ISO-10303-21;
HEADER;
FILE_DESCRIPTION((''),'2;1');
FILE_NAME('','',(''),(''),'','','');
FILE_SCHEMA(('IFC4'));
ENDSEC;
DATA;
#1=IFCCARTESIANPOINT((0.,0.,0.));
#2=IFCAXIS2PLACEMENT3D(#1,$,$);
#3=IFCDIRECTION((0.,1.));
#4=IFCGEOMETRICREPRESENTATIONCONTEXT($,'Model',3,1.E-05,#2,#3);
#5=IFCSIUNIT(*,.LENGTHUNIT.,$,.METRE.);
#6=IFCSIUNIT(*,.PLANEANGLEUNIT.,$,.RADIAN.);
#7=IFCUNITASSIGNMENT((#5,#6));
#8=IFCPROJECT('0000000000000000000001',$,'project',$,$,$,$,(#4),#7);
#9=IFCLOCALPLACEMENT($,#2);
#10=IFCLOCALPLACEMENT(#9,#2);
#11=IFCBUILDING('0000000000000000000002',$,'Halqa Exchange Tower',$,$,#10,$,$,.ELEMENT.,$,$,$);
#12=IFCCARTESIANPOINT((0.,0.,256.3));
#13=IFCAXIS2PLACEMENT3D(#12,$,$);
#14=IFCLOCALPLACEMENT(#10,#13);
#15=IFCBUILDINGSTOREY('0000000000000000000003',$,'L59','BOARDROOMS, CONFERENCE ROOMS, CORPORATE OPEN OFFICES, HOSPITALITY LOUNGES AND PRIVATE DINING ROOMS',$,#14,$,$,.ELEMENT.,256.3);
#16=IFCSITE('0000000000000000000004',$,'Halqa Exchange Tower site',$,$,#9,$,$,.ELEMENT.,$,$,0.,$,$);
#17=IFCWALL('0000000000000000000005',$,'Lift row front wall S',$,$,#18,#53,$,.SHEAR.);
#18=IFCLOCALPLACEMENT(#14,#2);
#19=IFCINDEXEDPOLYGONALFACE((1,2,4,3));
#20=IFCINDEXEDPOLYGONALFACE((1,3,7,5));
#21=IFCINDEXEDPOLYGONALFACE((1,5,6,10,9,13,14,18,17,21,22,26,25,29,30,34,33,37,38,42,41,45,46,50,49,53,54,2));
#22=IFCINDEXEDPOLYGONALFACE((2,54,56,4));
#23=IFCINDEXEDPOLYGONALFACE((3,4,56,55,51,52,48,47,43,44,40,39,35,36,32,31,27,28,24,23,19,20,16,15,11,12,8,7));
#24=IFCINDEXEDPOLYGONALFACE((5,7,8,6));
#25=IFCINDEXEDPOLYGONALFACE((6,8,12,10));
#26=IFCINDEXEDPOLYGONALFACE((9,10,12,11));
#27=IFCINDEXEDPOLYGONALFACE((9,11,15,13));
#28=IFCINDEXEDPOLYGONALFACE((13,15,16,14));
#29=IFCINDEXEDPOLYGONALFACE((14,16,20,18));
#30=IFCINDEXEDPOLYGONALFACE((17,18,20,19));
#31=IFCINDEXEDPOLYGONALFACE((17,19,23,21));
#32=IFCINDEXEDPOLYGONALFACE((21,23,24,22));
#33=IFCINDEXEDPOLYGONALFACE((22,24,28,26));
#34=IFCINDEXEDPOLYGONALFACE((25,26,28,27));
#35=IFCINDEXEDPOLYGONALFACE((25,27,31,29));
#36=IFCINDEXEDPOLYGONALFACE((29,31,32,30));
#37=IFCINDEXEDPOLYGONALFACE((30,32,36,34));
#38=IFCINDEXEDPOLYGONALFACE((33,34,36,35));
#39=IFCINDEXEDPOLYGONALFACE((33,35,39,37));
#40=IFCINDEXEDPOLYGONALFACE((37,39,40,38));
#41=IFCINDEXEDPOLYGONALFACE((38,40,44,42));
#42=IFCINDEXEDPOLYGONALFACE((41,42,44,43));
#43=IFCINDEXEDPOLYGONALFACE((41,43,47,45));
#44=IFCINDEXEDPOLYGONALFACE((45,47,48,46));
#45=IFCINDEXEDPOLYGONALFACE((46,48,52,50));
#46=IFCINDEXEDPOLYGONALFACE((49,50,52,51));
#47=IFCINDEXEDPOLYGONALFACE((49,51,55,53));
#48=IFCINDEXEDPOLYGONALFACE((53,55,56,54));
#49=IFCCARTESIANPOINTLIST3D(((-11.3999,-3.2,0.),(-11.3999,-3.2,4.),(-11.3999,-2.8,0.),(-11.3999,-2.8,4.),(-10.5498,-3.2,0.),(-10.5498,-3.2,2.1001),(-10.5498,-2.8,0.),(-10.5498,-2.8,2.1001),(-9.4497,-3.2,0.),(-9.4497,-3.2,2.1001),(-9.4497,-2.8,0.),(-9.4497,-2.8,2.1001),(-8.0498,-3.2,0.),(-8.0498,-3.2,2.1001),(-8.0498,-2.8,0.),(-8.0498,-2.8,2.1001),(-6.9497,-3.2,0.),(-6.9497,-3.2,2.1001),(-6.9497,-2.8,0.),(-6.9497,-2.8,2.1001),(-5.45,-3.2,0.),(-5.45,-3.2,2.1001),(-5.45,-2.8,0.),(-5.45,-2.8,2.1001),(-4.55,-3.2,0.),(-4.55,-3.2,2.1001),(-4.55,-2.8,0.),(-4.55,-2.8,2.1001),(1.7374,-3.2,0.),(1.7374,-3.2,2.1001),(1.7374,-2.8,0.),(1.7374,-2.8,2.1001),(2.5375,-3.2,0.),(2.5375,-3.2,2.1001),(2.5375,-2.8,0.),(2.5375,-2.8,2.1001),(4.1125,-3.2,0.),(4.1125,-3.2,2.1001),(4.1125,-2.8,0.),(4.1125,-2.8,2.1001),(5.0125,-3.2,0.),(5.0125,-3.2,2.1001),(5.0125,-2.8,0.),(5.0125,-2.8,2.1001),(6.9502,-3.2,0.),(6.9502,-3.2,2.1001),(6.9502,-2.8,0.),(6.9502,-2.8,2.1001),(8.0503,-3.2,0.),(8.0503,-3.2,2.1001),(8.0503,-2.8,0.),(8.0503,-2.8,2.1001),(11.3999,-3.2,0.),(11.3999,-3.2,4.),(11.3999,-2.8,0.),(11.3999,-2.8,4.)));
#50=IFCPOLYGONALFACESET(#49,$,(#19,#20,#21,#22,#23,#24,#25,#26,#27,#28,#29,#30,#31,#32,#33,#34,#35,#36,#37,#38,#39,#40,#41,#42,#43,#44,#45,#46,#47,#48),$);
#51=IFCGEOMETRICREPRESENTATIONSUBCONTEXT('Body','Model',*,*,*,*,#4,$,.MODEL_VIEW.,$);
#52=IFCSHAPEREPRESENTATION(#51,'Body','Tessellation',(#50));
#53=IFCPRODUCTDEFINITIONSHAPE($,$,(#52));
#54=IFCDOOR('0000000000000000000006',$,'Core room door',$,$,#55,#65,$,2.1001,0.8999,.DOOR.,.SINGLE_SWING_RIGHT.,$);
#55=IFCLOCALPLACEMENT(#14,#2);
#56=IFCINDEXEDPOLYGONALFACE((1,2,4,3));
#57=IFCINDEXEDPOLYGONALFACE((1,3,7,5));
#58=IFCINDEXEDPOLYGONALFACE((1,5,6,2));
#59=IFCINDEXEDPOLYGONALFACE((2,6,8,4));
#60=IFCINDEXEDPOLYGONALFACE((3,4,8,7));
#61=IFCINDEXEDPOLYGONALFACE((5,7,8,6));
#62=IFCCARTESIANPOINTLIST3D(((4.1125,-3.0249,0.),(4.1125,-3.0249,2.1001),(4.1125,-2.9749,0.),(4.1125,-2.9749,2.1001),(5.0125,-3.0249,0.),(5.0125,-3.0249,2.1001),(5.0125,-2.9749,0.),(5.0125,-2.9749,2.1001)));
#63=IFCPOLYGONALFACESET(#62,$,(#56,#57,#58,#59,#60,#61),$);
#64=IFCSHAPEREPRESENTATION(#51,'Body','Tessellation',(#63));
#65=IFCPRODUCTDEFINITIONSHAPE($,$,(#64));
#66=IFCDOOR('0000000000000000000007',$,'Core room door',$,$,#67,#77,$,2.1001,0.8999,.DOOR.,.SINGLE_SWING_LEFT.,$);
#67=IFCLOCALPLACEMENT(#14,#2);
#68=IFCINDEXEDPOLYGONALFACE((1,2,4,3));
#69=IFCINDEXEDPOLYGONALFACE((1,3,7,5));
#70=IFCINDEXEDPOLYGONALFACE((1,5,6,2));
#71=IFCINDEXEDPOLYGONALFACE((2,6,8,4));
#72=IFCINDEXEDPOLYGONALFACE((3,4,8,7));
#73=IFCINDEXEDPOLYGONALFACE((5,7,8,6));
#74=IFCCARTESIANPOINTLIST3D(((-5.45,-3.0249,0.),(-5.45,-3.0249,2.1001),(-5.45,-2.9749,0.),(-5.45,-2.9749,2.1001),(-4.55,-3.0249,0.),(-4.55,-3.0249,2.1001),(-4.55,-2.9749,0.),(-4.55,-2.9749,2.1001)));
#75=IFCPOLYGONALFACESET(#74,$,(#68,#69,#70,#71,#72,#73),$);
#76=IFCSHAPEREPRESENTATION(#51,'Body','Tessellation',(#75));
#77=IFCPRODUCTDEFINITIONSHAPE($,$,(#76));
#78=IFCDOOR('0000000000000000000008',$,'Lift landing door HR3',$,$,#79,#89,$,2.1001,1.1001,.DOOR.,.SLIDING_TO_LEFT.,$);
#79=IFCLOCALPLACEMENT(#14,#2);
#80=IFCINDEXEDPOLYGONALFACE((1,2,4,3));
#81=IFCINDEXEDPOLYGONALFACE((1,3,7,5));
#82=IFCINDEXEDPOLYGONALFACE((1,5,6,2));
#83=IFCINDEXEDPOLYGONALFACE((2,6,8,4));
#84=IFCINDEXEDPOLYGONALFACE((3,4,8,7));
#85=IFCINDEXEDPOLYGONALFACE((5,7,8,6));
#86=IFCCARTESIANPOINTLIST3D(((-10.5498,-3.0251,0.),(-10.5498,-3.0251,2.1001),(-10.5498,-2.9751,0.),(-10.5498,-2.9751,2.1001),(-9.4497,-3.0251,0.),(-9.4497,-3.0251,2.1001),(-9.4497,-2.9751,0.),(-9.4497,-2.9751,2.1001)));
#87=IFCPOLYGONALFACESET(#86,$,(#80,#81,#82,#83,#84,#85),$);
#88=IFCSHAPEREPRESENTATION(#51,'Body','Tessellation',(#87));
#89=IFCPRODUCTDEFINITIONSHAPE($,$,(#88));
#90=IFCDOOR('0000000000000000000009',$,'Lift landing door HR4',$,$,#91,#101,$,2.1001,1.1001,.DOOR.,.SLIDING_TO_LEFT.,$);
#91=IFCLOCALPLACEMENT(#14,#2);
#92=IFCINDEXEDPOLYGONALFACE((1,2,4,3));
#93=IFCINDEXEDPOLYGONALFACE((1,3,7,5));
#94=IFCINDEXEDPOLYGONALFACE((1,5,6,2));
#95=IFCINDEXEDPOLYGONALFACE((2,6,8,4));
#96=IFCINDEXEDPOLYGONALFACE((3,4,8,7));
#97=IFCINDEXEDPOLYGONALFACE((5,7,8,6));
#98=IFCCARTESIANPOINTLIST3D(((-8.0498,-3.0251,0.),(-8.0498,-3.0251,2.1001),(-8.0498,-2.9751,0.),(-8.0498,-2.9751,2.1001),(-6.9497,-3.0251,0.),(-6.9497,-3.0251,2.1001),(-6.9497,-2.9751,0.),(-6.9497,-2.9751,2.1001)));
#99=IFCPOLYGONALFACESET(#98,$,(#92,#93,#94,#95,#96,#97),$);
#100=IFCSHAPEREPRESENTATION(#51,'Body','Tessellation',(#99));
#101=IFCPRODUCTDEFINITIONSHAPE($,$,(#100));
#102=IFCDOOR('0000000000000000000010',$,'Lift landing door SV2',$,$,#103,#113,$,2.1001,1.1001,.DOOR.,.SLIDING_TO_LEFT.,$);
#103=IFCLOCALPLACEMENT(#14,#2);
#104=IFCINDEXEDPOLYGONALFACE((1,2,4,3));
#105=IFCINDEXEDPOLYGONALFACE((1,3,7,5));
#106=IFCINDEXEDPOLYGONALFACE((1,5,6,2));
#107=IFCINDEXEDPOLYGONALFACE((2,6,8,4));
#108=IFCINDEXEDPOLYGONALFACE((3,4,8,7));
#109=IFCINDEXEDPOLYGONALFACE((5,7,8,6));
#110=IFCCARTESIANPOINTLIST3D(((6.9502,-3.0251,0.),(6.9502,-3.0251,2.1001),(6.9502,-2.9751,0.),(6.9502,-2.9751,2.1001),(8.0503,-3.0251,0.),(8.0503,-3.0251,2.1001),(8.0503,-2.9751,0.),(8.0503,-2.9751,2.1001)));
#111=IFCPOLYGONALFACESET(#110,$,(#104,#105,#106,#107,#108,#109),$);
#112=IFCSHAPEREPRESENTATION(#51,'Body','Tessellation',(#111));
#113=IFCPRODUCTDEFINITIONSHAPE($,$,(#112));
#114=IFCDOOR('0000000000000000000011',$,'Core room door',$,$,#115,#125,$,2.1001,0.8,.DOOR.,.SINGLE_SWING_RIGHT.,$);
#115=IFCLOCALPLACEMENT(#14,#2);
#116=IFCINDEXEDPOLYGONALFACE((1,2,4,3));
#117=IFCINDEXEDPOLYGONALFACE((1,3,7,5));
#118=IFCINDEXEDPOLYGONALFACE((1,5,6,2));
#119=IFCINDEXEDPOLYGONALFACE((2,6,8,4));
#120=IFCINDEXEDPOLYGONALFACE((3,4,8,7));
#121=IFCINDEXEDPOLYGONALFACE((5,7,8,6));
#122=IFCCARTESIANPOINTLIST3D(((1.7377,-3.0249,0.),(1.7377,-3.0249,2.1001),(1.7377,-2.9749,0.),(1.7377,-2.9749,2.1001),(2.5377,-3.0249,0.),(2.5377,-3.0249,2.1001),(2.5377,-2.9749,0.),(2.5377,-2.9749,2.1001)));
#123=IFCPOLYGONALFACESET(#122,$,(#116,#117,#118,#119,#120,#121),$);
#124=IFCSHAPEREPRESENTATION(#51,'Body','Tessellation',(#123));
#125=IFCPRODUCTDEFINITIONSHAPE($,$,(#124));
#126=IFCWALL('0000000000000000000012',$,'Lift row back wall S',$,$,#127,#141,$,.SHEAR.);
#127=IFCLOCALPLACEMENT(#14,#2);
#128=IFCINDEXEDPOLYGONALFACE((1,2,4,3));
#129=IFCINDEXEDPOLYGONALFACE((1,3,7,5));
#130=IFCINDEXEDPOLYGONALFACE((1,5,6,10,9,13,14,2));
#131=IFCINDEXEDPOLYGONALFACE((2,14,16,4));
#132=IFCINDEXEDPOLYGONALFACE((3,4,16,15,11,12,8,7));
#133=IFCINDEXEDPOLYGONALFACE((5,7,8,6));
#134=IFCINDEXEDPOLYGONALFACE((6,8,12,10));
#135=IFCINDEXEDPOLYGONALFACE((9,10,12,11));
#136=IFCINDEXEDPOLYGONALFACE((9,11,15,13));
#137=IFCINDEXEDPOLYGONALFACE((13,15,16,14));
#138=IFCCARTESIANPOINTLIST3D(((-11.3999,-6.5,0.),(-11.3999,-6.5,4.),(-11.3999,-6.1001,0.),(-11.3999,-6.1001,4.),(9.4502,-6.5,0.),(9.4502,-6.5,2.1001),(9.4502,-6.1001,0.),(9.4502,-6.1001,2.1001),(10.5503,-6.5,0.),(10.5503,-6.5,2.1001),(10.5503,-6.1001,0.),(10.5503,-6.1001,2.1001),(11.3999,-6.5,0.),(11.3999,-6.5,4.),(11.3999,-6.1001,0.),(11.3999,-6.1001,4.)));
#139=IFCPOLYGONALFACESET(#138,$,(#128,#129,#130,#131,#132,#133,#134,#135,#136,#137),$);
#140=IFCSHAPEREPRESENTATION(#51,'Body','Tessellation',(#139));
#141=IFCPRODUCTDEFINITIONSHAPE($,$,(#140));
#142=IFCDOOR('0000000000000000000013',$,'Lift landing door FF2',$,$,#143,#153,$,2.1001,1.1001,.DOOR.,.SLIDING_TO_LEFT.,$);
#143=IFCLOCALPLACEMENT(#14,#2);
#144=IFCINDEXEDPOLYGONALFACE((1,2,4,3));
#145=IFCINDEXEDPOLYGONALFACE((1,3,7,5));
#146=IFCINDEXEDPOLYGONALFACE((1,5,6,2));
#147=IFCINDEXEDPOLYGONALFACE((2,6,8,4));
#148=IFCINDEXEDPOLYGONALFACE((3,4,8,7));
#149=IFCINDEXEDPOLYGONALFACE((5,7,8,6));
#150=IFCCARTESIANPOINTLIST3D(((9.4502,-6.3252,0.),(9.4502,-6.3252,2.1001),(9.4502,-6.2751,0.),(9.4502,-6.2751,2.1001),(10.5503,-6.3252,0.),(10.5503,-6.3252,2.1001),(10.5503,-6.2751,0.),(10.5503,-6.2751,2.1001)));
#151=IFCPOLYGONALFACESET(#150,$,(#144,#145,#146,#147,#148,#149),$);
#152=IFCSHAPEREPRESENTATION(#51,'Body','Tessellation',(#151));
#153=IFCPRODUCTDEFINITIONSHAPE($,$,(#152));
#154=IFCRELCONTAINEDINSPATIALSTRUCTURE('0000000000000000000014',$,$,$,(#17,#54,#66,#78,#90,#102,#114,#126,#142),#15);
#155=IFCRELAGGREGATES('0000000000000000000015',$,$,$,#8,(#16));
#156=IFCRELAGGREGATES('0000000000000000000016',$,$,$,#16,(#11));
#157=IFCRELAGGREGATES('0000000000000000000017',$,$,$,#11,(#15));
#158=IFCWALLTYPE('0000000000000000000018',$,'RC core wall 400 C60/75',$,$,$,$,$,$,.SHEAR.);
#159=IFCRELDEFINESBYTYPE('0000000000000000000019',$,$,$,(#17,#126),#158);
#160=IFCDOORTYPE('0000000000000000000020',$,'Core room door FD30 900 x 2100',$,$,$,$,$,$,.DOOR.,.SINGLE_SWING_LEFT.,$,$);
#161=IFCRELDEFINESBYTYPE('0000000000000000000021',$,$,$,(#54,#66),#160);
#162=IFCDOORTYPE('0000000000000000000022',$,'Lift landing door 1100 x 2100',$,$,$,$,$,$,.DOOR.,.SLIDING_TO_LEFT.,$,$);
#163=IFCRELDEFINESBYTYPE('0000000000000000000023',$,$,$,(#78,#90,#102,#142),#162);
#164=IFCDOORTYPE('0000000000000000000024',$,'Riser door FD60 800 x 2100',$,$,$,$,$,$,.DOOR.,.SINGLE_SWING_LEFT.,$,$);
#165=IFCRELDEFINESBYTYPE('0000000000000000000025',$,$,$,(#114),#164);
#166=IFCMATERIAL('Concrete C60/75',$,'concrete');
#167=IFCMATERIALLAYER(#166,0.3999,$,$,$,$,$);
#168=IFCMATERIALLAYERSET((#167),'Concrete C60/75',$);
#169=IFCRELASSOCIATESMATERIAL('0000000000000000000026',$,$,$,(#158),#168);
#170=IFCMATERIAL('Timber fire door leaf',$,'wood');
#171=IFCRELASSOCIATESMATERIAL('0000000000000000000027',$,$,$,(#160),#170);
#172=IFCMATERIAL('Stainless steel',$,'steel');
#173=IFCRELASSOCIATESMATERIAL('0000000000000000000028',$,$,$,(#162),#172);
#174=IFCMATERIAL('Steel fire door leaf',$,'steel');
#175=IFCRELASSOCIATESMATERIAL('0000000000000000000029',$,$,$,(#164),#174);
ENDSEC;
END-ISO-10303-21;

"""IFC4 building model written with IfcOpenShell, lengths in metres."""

from ifc_helpers import new_model, si_unit, direction, frame, frame_2d, origin, place, context, subcontext, project, spatial, rectangle, extrude, material, layer, layer_set, type_object, element, fill, save


model = new_model("IFC4")

# Units and contexts
model_context = context("Model", 3, precision=1e-05, world=origin(), true_north=direction((0.0, 1.0)))
body_context = subcontext(model_context, "Body", "Model", "MODEL_VIEW")
ifc_project = project(units=[si_unit("LENGTHUNIT", "METRE"), si_unit("PLANEANGLEUNIT", "RADIAN")], contexts=[model_context])

# Site, building, storey
site_placement = place(None, origin())
site = spatial("IfcSite", under=ifc_project, at=site_placement, Name="Halqa Exchange Tower site", CompositionType="ELEMENT", RefElevation=0.0)
building_placement = place(site_placement, origin())
building = spatial("IfcBuilding", under=site, at=building_placement, Name="Halqa Exchange Tower", CompositionType="ELEMENT")
storey_placement = place(building_placement, frame((0.0, 0.0, 256.3)))
storey = spatial("IfcBuildingStorey", under=building, at=storey_placement, Name="L59", Description="BOARDROOMS, CONFERENCE ROOMS, CORPORATE OPEN OFFICES, HOSPITALITY LOUNGES AND PRIVATE DINING ROOMS", CompositionType="ELEMENT", Elevation=256.3)

# Shared definitions
ifc_material_1 = material(Name="Concrete C60/75", Category="concrete")

# Wall, openings, doors
ifc_layer_1 = layer(ifc_material_1, 0.3999)
ifc_layer_set_1 = layer_set([ifc_layer_1], Name="Concrete C60/75")
wall_type_1 = type_object("IfcWallType", Name="RC core wall 400 C60/75", PredefinedType="SHEAR", material=ifc_layer_set_1)
wall_1_placement = place(storey_placement, frame((-11.3999, -3.0, 0.0), z_axis=(0.0, 0.0, 1.0), x_axis=(1.0, 0.0, 0.0)))
wall_1 = element("IfcWall", 1, at=wall_1_placement, inside=storey, type_object=wall_type_1, Name="Lift row front wall S", PredefinedType="SHEAR", context=body_context, shape_type="SweptSolid", body=[
    extrude(rectangle(XDim=22.7998, YDim=0.3999, at=frame_2d((11.3999, 0.0))), origin(), (0.0, 0.0, 1.0), 4.0),
])
opening_1_placement = place(wall_1_placement, frame((0.8501, 0.0, 0.0)))
opening_1 = element("IfcOpeningElement", 2, at=opening_1_placement, cuts=wall_1, PredefinedType="OPENING", context=body_context, shape_type="SweptSolid", body=[
    extrude(rectangle(XDim=1.1001, YDim=2.1001, at=frame_2d((0.55, 1.05))), frame((0.0, 0.2119, 0.0), z_axis=(0.0, -1.0, 0.0), x_axis=(1.0, 0.0, 0.0)), (0.0, 0.0, 1.0), 0.4238),
])
opening_2_placement = place(wall_1_placement, frame((3.3501, 0.0, 0.0)))
opening_2 = element("IfcOpeningElement", 3, at=opening_2_placement, cuts=wall_1, PredefinedType="OPENING", context=body_context, shape_type="SweptSolid", body=[
    extrude(rectangle(XDim=1.1001, YDim=2.1001, at=frame_2d((0.55, 1.05))), frame((0.0, 0.2119, 0.0), z_axis=(0.0, -1.0, 0.0), x_axis=(1.0, 0.0, 0.0)), (0.0, 0.0, 1.0), 0.4238),
])
opening_3_placement = place(wall_1_placement, frame((18.3501, 0.0, 0.0)))
opening_3 = element("IfcOpeningElement", 4, at=opening_3_placement, cuts=wall_1, PredefinedType="OPENING", context=body_context, shape_type="SweptSolid", body=[
    extrude(rectangle(XDim=1.1001, YDim=2.1001, at=frame_2d((0.55, 1.05))), frame((0.0, 0.2119, 0.0), z_axis=(0.0, -1.0, 0.0), x_axis=(1.0, 0.0, 0.0)), (0.0, 0.0, 1.0), 0.4238),
])
opening_4_placement = place(wall_1_placement, frame((13.1375, 0.0, 0.0)))
opening_4 = element("IfcOpeningElement", 5, at=opening_4_placement, cuts=wall_1, PredefinedType="OPENING", context=body_context, shape_type="SweptSolid", body=[
    extrude(rectangle(XDim=0.8, YDim=2.1001, at=frame_2d((0.3999, 1.05))), frame((0.0, 0.2119, 0.0), z_axis=(0.0, -1.0, 0.0), x_axis=(1.0, 0.0, 0.0)), (0.0, 0.0, 1.0), 0.4238),
])
opening_5_placement = place(wall_1_placement, frame((15.5125, 0.0, 0.0)))
opening_5 = element("IfcOpeningElement", 6, at=opening_5_placement, cuts=wall_1, PredefinedType="OPENING", context=body_context, shape_type="SweptSolid", body=[
    extrude(rectangle(XDim=0.8999, YDim=2.1001, at=frame_2d((0.45, 1.05))), frame((0.0, 0.2119, 0.0), z_axis=(0.0, -1.0, 0.0), x_axis=(1.0, 0.0, 0.0)), (0.0, 0.0, 1.0), 0.4238),
])
opening_6_placement = place(wall_1_placement, frame((5.95, 0.0, 0.0)))
opening_6 = element("IfcOpeningElement", 7, at=opening_6_placement, cuts=wall_1, PredefinedType="OPENING", context=body_context, shape_type="SweptSolid", body=[
    extrude(rectangle(XDim=0.8999, YDim=2.1001, at=frame_2d((0.45, 1.05))), frame((0.0, 0.2119, 0.0), z_axis=(0.0, -1.0, 0.0), x_axis=(1.0, 0.0, 0.0)), (0.0, 0.0, 1.0), 0.4238),
])
ifc_material_2 = material(Name="Timber fire door leaf", Category="wood")
door_type_1 = type_object("IfcDoorType", Name="Core room door FD30 900 x 2100", OperationType="SINGLE_SWING_LEFT", PredefinedType="DOOR", material=ifc_material_2)
door_1_placement = place(opening_5_placement, frame((0.8999, 0.0, 0.0), z_axis=(0.0, 0.0, 1.0), x_axis=(-1.0, 0.0, 0.0)))
door_1 = element("IfcDoor", 8, at=door_1_placement, inside=storey, type_object=door_type_1, Name="Core room door", OperationType="SINGLE_SWING_RIGHT", OverallHeight=2.1001, OverallWidth=0.8999, PredefinedType="DOOR", context=body_context, shape_type="SweptSolid", body=[
    extrude(rectangle(XDim=0.8999, YDim=2.1001, at=frame_2d((0.45, 1.05))), frame((0.0, 0.0249, 0.0), z_axis=(0.0, -1.0, 0.0), x_axis=(1.0, 0.0, 0.0)), (0.0, 0.0, 1.0), 0.05),
])
fill(opening_5, door_1)
door_2_placement = place(opening_6_placement, frame((0.8999, 0.0, 0.0), z_axis=(0.0, 0.0, 1.0), x_axis=(-1.0, 0.0, 0.0)))
door_2 = element("IfcDoor", 9, at=door_2_placement, inside=storey, type_object=door_type_1, Name="Core room door", OperationType="SINGLE_SWING_LEFT", OverallHeight=2.1001, OverallWidth=0.8999, PredefinedType="DOOR", context=body_context, shape_type="SweptSolid", body=[
    extrude(rectangle(XDim=0.8999, YDim=2.1001, at=frame_2d((0.45, 1.05))), frame((0.0, 0.0249, 0.0), z_axis=(0.0, -1.0, 0.0), x_axis=(1.0, 0.0, 0.0)), (0.0, 0.0, 1.0), 0.05),
])
fill(opening_6, door_2)
ifc_material_3 = material(Name="Stainless steel", Category="steel")
door_type_2 = type_object("IfcDoorType", Name="Lift landing door 1100 x 2100", OperationType="SLIDING_TO_LEFT", PredefinedType="DOOR", material=ifc_material_3)
door_3_placement = place(opening_1_placement, origin())
door_3 = element("IfcDoor", 10, at=door_3_placement, inside=storey, type_object=door_type_2, Name="Lift landing door HR3", OperationType="SLIDING_TO_LEFT", OverallHeight=2.1001, OverallWidth=1.1001, PredefinedType="DOOR", context=body_context, shape_type="SweptSolid", body=[
    extrude(rectangle(XDim=1.1001, YDim=2.1001, at=frame_2d((0.55, 1.05))), frame((0.0, 0.0249, 0.0), z_axis=(0.0, -1.0, 0.0), x_axis=(1.0, 0.0, 0.0)), (0.0, 0.0, 1.0), 0.05),
])
fill(opening_1, door_3)
door_4_placement = place(opening_2_placement, origin())
door_4 = element("IfcDoor", 11, at=door_4_placement, inside=storey, type_object=door_type_2, Name="Lift landing door HR4", OperationType="SLIDING_TO_LEFT", OverallHeight=2.1001, OverallWidth=1.1001, PredefinedType="DOOR", context=body_context, shape_type="SweptSolid", body=[
    extrude(rectangle(XDim=1.1001, YDim=2.1001, at=frame_2d((0.55, 1.05))), frame((0.0, 0.0249, 0.0), z_axis=(0.0, -1.0, 0.0), x_axis=(1.0, 0.0, 0.0)), (0.0, 0.0, 1.0), 0.05),
])
fill(opening_2, door_4)
door_5_placement = place(opening_3_placement, origin())
door_5 = element("IfcDoor", 12, at=door_5_placement, inside=storey, type_object=door_type_2, Name="Lift landing door SV2", OperationType="SLIDING_TO_LEFT", OverallHeight=2.1001, OverallWidth=1.1001, PredefinedType="DOOR", context=body_context, shape_type="SweptSolid", body=[
    extrude(rectangle(XDim=1.1001, YDim=2.1001, at=frame_2d((0.55, 1.05))), frame((0.0, 0.0249, 0.0), z_axis=(0.0, -1.0, 0.0), x_axis=(1.0, 0.0, 0.0)), (0.0, 0.0, 1.0), 0.05),
])
fill(opening_3, door_5)
ifc_material_4 = material(Name="Steel fire door leaf", Category="steel")
door_type_3 = type_object("IfcDoorType", Name="Riser door FD60 800 x 2100", OperationType="SINGLE_SWING_LEFT", PredefinedType="DOOR", material=ifc_material_4)
door_6_placement = place(opening_4_placement, frame((0.8, 0.0, 0.0), z_axis=(0.0, 0.0, 1.0), x_axis=(-1.0, 0.0, 0.0)))
door_6 = element("IfcDoor", 13, at=door_6_placement, inside=storey, type_object=door_type_3, Name="Core room door", OperationType="SINGLE_SWING_RIGHT", OverallHeight=2.1001, OverallWidth=0.8, PredefinedType="DOOR", context=body_context, shape_type="SweptSolid", body=[
    extrude(rectangle(XDim=0.8, YDim=2.1001, at=frame_2d((0.3999, 1.05))), frame((0.0, 0.0249, 0.0), z_axis=(0.0, -1.0, 0.0), x_axis=(1.0, 0.0, 0.0)), (0.0, 0.0, 1.0), 0.05),
])
fill(opening_4, door_6)

# Wall, opening, door
wall_2_placement = place(storey_placement, frame((-11.3999, -6.3, 0.0), z_axis=(0.0, 0.0, 1.0), x_axis=(1.0, 0.0, 0.0)))
wall_2 = element("IfcWall", 14, at=wall_2_placement, inside=storey, type_object=wall_type_1, Name="Lift row back wall S", PredefinedType="SHEAR", context=body_context, shape_type="SweptSolid", body=[
    extrude(rectangle(XDim=22.7998, YDim=0.3999, at=frame_2d((11.3999, 0.0))), origin(), (0.0, 0.0, 1.0), 4.0),
])
opening_7_placement = place(wall_2_placement, frame((20.8501, 0.0, 0.0)))
opening_7 = element("IfcOpeningElement", 15, at=opening_7_placement, cuts=wall_2, PredefinedType="OPENING", context=body_context, shape_type="SweptSolid", body=[
    extrude(rectangle(XDim=1.1001, YDim=2.1001, at=frame_2d((0.55, 1.05))), frame((0.0, 0.2119, 0.0), z_axis=(0.0, -1.0, 0.0), x_axis=(1.0, 0.0, 0.0)), (0.0, 0.0, 1.0), 0.4238),
])
door_7_placement = place(opening_7_placement, origin())
door_7 = element("IfcDoor", 16, at=door_7_placement, inside=storey, type_object=door_type_2, Name="Lift landing door FF2", OperationType="SLIDING_TO_LEFT", OverallHeight=2.1001, OverallWidth=1.1001, PredefinedType="DOOR", context=body_context, shape_type="SweptSolid", body=[
    extrude(rectangle(XDim=1.1001, YDim=2.1001, at=frame_2d((0.55, 1.05))), frame((0.0, 0.0249, 0.0), z_axis=(0.0, -1.0, 0.0), x_axis=(1.0, 0.0, 0.0)), (0.0, 0.0, 1.0), 0.05),
])
fill(opening_7, door_7)

save(model, "model.ifc")
